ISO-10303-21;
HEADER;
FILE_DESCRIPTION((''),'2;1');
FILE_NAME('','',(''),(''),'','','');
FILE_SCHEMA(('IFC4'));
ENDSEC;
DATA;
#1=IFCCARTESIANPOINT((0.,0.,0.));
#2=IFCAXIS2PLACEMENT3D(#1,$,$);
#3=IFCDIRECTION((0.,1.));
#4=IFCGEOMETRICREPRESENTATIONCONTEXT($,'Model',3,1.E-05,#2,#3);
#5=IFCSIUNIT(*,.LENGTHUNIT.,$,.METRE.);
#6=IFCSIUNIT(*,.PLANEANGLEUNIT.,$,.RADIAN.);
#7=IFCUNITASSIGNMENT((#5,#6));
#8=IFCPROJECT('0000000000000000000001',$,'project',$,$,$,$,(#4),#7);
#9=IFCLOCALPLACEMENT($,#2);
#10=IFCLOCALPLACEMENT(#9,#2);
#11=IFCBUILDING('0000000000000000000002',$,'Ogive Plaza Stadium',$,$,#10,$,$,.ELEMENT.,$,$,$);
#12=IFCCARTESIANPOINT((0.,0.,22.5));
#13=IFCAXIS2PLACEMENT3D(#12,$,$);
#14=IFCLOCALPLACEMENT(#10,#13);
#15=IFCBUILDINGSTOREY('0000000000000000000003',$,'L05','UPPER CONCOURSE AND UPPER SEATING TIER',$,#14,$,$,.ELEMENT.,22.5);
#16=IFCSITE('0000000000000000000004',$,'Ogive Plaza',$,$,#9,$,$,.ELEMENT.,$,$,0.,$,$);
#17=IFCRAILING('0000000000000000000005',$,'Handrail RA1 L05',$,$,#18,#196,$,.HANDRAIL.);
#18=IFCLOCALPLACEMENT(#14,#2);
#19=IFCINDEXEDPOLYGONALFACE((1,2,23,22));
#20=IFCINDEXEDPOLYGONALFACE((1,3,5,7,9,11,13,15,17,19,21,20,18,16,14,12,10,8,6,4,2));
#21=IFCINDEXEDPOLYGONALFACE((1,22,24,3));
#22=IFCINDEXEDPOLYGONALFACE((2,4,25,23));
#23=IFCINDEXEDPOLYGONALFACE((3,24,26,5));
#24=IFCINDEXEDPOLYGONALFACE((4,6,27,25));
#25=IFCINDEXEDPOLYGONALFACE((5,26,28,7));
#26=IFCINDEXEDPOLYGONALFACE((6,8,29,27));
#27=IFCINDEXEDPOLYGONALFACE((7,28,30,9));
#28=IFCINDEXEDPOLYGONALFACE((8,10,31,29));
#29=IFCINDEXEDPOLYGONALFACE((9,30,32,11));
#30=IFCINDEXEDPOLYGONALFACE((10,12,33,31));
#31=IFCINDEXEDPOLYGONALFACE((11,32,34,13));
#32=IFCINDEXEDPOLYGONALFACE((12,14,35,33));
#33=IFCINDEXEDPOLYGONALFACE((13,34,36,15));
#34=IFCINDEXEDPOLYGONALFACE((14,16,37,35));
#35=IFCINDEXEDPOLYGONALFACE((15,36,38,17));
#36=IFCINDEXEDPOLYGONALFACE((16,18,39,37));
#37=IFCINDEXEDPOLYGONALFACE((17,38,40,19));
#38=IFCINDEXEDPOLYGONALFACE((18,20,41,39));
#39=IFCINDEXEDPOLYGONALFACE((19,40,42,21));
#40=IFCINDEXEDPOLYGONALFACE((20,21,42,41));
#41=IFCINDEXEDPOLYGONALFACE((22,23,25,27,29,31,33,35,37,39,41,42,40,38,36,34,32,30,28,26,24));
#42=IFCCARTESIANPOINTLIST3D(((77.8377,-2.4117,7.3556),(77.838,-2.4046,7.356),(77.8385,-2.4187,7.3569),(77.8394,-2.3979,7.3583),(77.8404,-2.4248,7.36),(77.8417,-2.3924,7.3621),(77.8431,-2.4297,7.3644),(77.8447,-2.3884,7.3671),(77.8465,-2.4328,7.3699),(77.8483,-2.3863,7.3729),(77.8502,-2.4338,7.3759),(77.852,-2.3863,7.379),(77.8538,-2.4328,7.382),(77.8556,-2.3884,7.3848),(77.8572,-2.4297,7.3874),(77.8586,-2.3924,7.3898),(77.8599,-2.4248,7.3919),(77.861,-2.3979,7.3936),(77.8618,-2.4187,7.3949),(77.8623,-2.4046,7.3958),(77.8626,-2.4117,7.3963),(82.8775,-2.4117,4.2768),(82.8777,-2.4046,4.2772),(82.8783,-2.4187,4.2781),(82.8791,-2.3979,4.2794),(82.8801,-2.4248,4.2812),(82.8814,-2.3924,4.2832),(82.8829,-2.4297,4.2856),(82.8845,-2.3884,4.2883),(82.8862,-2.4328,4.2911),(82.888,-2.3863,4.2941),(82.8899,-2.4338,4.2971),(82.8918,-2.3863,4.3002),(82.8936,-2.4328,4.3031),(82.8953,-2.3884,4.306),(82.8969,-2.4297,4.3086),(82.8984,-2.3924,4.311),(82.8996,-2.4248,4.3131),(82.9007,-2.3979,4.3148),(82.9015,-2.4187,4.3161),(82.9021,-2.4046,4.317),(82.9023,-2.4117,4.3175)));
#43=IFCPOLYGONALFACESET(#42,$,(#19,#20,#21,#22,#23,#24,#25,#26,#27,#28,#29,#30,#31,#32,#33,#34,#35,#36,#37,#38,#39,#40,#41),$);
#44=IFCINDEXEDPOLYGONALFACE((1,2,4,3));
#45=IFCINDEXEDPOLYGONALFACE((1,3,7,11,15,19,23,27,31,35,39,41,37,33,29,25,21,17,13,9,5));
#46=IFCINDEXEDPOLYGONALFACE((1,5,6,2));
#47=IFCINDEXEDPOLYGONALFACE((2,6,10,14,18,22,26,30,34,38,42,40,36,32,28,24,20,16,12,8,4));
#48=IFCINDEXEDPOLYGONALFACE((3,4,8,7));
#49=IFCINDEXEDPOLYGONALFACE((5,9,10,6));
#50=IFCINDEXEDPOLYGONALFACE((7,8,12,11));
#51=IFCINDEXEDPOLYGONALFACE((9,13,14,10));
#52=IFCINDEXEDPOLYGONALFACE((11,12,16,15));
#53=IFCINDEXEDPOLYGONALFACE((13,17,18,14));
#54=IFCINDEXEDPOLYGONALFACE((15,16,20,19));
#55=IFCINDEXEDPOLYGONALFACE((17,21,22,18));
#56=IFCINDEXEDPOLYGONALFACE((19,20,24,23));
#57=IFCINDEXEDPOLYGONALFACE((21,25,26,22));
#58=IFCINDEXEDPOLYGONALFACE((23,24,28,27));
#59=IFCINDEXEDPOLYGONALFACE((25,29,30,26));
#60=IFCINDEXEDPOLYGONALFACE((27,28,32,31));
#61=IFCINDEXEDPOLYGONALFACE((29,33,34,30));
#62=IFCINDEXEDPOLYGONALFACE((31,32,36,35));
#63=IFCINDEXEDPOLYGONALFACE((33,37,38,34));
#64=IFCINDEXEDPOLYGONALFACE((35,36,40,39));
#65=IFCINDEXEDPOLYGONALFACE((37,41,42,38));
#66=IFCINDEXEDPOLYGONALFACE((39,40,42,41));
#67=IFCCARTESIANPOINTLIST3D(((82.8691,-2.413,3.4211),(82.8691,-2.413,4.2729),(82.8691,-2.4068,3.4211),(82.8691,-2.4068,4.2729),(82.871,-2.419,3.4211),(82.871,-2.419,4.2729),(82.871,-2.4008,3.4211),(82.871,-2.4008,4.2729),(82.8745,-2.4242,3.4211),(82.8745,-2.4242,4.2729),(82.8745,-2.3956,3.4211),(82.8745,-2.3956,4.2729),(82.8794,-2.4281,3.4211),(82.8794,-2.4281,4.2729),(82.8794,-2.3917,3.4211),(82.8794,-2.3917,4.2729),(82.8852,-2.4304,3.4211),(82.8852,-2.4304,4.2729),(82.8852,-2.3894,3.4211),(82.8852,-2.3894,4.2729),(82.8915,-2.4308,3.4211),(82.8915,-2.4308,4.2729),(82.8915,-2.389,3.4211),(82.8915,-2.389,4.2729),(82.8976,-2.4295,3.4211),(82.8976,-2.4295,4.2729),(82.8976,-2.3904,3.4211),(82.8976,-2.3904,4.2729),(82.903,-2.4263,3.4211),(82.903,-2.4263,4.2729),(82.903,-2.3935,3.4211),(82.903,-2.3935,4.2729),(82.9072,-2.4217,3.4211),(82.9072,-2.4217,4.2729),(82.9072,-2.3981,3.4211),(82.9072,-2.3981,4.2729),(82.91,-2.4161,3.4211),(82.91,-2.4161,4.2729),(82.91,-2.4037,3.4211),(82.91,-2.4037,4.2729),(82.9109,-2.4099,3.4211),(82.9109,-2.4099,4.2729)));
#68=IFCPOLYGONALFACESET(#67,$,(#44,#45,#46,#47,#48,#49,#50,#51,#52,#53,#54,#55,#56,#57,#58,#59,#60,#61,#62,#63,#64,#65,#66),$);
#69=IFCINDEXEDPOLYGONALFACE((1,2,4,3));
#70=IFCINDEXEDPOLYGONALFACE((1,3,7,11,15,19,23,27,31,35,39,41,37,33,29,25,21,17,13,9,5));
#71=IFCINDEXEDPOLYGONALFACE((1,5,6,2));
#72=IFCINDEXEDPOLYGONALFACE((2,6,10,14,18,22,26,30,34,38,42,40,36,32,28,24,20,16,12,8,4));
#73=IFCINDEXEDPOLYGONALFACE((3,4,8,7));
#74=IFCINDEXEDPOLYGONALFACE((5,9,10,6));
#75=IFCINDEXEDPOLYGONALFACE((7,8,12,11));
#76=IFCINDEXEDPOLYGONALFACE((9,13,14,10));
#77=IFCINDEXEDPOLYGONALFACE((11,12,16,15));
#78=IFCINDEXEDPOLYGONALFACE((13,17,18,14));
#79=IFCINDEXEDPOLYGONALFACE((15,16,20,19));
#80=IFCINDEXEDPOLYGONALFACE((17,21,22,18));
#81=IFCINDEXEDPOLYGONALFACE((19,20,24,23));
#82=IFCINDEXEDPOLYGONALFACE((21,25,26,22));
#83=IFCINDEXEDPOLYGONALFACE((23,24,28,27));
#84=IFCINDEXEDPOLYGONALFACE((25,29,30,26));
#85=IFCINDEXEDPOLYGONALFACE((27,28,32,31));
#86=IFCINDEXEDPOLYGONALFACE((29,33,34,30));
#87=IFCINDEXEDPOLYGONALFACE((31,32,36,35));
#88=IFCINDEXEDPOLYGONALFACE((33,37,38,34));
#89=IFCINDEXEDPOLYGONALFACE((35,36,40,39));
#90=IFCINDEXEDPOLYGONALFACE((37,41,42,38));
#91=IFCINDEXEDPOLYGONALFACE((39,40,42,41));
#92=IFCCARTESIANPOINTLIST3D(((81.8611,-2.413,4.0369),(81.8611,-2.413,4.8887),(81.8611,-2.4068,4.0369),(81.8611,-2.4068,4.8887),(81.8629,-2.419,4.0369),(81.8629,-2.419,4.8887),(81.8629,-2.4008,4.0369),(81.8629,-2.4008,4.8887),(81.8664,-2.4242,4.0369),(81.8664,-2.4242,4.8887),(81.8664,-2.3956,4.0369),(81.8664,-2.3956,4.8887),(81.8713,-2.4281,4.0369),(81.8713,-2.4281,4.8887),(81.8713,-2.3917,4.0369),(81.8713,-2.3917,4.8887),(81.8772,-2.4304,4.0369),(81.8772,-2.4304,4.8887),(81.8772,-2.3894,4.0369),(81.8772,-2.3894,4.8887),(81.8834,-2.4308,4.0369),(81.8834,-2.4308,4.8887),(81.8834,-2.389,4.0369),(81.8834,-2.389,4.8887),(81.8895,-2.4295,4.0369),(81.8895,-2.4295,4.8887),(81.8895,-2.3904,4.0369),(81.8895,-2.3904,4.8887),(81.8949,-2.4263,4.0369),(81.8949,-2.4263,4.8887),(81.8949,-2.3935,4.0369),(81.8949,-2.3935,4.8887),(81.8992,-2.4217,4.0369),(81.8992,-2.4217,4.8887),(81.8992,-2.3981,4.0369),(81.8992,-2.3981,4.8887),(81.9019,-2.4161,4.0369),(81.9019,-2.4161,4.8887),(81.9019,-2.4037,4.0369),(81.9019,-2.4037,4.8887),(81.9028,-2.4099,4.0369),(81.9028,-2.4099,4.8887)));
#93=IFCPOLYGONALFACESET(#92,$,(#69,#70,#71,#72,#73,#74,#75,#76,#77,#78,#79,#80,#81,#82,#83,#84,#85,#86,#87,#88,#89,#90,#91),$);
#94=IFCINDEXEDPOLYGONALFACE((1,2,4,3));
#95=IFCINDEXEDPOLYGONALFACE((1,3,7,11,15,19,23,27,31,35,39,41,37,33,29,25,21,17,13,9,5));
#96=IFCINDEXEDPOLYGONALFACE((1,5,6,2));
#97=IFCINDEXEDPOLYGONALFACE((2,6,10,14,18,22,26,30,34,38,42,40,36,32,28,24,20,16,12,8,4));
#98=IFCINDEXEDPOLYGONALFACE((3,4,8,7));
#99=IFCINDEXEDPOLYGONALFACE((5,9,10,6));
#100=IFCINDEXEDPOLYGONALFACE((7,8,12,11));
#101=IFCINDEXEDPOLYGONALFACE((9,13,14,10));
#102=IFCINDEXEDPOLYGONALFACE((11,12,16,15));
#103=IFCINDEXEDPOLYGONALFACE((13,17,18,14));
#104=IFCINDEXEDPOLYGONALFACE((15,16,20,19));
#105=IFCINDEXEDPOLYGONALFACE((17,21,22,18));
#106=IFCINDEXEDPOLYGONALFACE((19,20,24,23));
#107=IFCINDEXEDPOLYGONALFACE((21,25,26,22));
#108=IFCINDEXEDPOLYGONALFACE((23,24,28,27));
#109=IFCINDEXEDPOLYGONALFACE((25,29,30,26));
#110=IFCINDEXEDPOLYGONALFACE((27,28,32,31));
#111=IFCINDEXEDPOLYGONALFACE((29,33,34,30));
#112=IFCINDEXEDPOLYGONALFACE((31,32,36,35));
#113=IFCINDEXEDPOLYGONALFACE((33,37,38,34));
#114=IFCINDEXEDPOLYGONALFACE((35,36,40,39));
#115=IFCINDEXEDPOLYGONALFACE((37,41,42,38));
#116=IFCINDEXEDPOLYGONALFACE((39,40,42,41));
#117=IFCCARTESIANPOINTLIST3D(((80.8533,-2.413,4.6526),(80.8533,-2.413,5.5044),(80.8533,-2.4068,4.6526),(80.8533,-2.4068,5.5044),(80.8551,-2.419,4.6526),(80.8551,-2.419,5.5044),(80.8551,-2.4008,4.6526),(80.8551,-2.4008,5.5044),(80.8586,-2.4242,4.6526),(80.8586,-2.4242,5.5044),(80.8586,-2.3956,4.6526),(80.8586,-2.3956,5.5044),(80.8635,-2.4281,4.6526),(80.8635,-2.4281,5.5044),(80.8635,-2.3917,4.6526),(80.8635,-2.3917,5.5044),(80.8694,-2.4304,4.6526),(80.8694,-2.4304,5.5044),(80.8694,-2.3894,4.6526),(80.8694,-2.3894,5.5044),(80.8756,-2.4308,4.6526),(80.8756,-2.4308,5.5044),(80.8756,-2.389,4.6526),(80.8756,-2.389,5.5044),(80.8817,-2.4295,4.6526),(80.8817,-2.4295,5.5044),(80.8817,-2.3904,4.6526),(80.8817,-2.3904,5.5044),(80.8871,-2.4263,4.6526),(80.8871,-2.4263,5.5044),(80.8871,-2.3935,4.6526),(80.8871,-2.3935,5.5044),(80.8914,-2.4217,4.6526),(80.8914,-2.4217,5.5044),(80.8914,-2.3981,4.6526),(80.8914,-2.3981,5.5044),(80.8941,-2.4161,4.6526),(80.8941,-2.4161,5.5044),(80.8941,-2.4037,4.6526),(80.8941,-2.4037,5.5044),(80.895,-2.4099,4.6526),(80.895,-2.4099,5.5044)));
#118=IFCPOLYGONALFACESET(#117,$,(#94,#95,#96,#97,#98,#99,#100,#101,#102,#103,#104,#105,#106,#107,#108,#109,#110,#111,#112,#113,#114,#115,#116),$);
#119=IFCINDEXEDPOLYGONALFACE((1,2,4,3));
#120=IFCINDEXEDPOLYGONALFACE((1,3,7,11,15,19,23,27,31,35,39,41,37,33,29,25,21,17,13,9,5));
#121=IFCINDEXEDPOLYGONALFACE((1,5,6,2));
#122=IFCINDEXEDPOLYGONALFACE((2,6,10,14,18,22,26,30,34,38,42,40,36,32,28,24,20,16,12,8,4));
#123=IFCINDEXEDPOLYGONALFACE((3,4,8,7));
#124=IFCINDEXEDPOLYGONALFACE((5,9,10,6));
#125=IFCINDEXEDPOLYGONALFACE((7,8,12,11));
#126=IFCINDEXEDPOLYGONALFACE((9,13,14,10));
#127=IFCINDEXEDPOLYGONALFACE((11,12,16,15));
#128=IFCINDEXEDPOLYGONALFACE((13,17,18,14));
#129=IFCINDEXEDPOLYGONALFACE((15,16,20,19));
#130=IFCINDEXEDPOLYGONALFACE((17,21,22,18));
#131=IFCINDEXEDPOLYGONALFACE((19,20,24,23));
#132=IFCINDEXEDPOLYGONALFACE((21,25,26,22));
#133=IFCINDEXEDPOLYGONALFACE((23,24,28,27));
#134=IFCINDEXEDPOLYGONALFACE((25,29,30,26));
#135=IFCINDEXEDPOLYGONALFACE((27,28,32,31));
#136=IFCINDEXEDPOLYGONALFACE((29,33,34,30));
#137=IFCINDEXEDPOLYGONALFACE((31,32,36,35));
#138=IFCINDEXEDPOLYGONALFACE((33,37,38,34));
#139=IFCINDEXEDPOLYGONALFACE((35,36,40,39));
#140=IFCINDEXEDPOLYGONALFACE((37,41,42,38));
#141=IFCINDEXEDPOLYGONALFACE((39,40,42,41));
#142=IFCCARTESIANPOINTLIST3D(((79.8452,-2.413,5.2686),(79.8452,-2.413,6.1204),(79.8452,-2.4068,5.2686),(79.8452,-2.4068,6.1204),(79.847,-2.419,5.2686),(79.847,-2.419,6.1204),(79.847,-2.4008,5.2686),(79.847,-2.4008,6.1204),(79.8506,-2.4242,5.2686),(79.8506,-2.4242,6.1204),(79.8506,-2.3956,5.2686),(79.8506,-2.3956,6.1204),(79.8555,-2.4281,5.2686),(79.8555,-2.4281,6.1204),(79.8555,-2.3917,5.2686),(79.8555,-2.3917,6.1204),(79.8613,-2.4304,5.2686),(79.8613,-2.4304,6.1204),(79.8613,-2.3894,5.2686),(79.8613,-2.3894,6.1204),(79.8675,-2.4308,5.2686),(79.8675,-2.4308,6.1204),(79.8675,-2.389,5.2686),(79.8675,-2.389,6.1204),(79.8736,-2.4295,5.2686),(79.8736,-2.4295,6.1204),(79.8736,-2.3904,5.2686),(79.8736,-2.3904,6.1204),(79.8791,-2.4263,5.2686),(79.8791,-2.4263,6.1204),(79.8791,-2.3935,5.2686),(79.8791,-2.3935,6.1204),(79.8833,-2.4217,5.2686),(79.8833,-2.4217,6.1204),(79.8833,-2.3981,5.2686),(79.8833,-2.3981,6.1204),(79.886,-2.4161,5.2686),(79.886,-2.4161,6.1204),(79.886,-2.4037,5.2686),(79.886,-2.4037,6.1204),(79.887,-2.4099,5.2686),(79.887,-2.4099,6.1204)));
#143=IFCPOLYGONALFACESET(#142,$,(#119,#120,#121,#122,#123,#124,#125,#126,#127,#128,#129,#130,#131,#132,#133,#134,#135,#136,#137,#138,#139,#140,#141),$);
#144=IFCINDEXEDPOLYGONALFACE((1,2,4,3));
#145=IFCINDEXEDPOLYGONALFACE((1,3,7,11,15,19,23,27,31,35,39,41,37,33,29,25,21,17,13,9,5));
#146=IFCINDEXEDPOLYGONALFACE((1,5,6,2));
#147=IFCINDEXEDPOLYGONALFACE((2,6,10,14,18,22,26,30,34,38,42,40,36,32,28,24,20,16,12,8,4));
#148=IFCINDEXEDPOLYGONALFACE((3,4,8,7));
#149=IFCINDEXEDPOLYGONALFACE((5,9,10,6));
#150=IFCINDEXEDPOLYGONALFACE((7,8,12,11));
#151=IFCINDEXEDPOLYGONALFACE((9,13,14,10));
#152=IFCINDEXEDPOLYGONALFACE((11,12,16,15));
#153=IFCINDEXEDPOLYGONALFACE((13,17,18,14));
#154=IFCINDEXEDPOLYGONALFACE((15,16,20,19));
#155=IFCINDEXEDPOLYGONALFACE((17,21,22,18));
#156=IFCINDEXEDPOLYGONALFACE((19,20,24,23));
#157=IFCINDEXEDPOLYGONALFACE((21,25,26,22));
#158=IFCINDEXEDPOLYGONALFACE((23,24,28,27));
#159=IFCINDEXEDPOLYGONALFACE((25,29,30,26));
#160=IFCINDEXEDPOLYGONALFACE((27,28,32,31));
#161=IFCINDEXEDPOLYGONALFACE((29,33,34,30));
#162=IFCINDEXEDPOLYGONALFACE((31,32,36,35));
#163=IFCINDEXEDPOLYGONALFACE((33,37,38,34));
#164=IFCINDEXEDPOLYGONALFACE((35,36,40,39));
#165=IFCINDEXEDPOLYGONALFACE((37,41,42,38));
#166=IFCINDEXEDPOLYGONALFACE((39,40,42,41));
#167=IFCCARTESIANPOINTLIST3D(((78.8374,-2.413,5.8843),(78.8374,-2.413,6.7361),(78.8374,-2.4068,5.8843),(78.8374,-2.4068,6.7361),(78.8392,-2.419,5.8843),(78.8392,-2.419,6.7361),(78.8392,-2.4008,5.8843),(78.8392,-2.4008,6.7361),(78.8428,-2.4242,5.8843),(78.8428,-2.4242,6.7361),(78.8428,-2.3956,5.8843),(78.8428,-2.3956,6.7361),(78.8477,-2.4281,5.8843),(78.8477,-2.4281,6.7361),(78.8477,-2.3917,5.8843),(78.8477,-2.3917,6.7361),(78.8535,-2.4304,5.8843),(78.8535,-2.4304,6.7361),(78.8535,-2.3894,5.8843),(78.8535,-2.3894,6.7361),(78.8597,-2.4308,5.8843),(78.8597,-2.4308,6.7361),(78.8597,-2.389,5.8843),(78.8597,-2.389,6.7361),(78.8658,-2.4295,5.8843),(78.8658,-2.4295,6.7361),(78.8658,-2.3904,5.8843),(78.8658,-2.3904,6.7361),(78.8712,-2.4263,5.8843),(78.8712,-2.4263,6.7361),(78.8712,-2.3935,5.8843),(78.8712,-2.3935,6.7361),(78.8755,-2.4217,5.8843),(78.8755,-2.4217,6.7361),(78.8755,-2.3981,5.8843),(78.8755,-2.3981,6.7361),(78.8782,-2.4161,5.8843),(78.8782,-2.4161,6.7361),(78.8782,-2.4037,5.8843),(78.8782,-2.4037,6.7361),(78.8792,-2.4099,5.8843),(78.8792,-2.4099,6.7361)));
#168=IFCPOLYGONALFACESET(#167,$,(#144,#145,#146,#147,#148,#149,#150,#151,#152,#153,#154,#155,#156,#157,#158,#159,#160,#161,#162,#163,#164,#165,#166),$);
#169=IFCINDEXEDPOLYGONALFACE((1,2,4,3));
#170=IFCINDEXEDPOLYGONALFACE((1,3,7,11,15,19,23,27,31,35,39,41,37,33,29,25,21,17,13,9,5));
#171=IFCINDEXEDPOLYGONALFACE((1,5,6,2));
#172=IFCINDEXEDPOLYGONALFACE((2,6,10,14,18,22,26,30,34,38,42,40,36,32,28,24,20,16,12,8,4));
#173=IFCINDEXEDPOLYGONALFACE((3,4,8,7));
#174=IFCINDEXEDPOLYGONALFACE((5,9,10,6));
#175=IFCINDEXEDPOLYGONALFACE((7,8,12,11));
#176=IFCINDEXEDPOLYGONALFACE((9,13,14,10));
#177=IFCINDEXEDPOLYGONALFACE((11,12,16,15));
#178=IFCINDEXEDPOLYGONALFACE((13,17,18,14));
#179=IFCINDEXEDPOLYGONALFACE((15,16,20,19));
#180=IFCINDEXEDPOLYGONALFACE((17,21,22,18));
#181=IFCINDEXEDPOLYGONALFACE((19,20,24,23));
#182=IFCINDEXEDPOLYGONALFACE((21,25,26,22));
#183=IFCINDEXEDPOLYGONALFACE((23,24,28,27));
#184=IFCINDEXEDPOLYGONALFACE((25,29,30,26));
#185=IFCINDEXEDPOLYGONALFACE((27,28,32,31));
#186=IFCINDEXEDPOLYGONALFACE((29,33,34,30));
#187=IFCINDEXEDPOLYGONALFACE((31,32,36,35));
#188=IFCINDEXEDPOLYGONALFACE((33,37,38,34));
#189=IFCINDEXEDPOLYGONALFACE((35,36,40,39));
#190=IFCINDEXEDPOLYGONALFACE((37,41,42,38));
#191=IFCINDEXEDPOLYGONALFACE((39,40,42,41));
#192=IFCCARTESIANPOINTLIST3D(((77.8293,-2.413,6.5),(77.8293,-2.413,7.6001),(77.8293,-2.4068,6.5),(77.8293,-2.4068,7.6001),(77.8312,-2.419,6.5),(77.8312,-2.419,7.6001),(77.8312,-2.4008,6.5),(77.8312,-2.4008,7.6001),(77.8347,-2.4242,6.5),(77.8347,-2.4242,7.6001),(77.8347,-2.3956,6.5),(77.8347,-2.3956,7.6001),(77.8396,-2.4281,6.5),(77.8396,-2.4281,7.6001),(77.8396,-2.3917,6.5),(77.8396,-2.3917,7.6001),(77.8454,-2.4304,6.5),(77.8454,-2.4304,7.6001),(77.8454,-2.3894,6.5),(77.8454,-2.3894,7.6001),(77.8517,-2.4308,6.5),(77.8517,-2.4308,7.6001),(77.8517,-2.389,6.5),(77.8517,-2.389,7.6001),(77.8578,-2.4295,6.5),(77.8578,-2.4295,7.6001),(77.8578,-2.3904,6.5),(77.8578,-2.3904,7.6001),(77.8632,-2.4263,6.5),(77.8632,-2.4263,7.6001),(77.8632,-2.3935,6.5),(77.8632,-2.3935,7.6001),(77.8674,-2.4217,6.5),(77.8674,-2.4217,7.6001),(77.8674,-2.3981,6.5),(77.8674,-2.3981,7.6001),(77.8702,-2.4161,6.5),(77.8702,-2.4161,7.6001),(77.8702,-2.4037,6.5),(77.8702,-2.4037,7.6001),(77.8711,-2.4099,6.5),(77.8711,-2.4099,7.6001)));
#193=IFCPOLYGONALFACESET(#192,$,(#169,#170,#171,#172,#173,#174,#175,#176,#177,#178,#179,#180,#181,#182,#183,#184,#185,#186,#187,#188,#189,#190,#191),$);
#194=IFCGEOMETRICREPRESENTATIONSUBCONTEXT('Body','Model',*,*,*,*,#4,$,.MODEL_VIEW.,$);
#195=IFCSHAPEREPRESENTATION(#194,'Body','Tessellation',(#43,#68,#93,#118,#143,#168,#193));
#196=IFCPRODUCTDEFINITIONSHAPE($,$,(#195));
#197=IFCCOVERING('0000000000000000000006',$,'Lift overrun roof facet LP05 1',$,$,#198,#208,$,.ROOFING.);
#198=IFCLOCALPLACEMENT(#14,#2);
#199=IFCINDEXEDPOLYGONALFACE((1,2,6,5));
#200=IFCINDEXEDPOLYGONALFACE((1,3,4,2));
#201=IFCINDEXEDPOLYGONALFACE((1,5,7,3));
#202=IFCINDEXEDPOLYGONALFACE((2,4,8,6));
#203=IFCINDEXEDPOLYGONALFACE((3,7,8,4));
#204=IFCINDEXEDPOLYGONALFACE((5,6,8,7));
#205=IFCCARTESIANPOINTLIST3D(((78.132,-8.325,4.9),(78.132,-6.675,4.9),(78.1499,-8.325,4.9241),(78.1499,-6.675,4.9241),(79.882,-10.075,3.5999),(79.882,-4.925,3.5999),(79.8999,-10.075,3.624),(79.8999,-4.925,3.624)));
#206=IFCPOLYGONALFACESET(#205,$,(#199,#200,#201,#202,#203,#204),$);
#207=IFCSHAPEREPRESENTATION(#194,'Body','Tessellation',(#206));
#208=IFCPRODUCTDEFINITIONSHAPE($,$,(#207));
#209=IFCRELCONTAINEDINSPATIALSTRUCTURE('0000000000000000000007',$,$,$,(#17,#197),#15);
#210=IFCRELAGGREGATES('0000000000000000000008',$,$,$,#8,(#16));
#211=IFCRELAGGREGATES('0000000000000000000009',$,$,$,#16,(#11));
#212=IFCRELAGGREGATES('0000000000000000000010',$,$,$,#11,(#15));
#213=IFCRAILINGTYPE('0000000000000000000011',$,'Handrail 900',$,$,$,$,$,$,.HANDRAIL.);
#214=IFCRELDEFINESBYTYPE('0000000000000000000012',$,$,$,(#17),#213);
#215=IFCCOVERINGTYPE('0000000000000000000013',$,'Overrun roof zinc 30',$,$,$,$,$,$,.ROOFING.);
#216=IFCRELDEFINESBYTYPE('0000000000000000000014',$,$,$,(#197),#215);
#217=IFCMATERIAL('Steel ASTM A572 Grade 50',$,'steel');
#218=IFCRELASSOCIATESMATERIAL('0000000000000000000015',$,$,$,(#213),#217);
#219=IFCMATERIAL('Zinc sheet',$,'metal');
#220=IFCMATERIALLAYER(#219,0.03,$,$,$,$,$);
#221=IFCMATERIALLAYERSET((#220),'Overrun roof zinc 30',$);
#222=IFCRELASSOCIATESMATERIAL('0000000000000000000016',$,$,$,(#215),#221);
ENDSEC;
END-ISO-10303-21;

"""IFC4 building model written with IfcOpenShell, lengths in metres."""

from ifc_helpers import new_model, si_unit, direction, frame, origin, origin_2d, place, context, subcontext, project, spatial, polyline, circle, outline, extrude, material, layer, layer_set, type_object, element, save


model = new_model("IFC4")

# Units and contexts
model_context = context("Model", 3, precision=1e-05, world=origin(), true_north=direction((0.0, 1.0)))
body_context = subcontext(model_context, "Body", "Model", "MODEL_VIEW")
ifc_project = project(units=[si_unit("LENGTHUNIT", "METRE"), si_unit("PLANEANGLEUNIT", "RADIAN")], contexts=[model_context])

# Site, building, storey
site_placement = place(None, origin())
site = spatial("IfcSite", under=ifc_project, at=site_placement, Name="Ogive Plaza", CompositionType="ELEMENT", RefElevation=0.0)
building_placement = place(site_placement, origin())
building = spatial("IfcBuilding", under=site, at=building_placement, Name="Ogive Plaza Stadium", CompositionType="ELEMENT")
storey_placement = place(building_placement, frame((0.0, 0.0, 22.5)))
storey = spatial("IfcBuildingStorey", under=building, at=storey_placement, Name="L05", Description="UPPER CONCOURSE AND UPPER SEATING TIER", CompositionType="ELEMENT", Elevation=22.5)

# Railing
ifc_material_1 = material(Name="Steel ASTM A572 Grade 50", Category="steel")
railing_type_1 = type_object("IfcRailingType", Name="Handrail 900", PredefinedType="HANDRAIL", material=ifc_material_1)
for number, where, name in (
    (1, (82.8899, -2.4099, 3.4211), "Handrail RA1 L05"),
):
    element("IfcRailing", number, at=place(storey_placement, frame(where)), inside=storey, type_object=railing_type_1, Name=name, PredefinedType="HANDRAIL", context=body_context, shape_type="SweptSolid", body=[
        extrude(circle(Radius=0.0239, at=origin_2d()), frame((0.0, 0.0, 0.876), z_axis=(-0.853358, 0.0, 0.521325), x_axis=(0.0, -1.0, 0.0)), (0.0, 0.0, 1.0), 5.9058),
        extrude(circle(Radius=0.021, at=origin_2d()), origin(), (0.0, 0.0, 1.0), 0.8518),
        extrude(circle(Radius=0.021, at=origin_2d()), frame((-1.0081, 0.0, 0.6157)), (0.0, 0.0, 1.0), 0.8518),
        extrude(circle(Radius=0.021, at=origin_2d()), frame((-2.0159, 0.0, 1.2314)), (0.0, 0.0, 1.0), 0.8518),
        extrude(circle(Radius=0.021, at=origin_2d()), frame((-3.0239, 0.0, 1.8474)), (0.0, 0.0, 1.0), 0.8518),
        extrude(circle(Radius=0.021, at=origin_2d()), frame((-4.0317, 0.0, 2.4631)), (0.0, 0.0, 1.0), 0.8518),
        extrude(circle(Radius=0.021, at=origin_2d()), frame((-5.0398, 0.0, 3.0789)), (0.0, 0.0, 1.0), 1.1001),
    ])

# Covering
ifc_material_2 = material(Name="Zinc sheet", Category="metal")
ifc_layer_1 = layer(ifc_material_2, 0.03)
ifc_layer_set_1 = layer_set([ifc_layer_1], Name="Overrun roof zinc 30")
covering_type_1 = type_object("IfcCoveringType", Name="Overrun roof zinc 30", PredefinedType="ROOFING", material=ifc_layer_set_1)
covering_1_placement = place(storey_placement, frame((79.8999, -10.075, 3.624), z_axis=(0.596338, 0.0, 0.802733), x_axis=(0.0, 1.0, 0.0)))
element("IfcCovering", 2, at=covering_1_placement, inside=storey, type_object=covering_type_1, Name="Lift overrun roof facet LP05 1", PredefinedType="ROOFING", context=body_context, shape_type="SweptSolid", body=[
    extrude(outline(polyline([(0.0, 0.0), (5.1499, 0.0), (3.3999, 2.1801), (1.75, 2.1801), (0.0, 0.0)])), origin(), (0.0, 0.0, -1.0), 0.03),
])

save(model, "model.ifc")
